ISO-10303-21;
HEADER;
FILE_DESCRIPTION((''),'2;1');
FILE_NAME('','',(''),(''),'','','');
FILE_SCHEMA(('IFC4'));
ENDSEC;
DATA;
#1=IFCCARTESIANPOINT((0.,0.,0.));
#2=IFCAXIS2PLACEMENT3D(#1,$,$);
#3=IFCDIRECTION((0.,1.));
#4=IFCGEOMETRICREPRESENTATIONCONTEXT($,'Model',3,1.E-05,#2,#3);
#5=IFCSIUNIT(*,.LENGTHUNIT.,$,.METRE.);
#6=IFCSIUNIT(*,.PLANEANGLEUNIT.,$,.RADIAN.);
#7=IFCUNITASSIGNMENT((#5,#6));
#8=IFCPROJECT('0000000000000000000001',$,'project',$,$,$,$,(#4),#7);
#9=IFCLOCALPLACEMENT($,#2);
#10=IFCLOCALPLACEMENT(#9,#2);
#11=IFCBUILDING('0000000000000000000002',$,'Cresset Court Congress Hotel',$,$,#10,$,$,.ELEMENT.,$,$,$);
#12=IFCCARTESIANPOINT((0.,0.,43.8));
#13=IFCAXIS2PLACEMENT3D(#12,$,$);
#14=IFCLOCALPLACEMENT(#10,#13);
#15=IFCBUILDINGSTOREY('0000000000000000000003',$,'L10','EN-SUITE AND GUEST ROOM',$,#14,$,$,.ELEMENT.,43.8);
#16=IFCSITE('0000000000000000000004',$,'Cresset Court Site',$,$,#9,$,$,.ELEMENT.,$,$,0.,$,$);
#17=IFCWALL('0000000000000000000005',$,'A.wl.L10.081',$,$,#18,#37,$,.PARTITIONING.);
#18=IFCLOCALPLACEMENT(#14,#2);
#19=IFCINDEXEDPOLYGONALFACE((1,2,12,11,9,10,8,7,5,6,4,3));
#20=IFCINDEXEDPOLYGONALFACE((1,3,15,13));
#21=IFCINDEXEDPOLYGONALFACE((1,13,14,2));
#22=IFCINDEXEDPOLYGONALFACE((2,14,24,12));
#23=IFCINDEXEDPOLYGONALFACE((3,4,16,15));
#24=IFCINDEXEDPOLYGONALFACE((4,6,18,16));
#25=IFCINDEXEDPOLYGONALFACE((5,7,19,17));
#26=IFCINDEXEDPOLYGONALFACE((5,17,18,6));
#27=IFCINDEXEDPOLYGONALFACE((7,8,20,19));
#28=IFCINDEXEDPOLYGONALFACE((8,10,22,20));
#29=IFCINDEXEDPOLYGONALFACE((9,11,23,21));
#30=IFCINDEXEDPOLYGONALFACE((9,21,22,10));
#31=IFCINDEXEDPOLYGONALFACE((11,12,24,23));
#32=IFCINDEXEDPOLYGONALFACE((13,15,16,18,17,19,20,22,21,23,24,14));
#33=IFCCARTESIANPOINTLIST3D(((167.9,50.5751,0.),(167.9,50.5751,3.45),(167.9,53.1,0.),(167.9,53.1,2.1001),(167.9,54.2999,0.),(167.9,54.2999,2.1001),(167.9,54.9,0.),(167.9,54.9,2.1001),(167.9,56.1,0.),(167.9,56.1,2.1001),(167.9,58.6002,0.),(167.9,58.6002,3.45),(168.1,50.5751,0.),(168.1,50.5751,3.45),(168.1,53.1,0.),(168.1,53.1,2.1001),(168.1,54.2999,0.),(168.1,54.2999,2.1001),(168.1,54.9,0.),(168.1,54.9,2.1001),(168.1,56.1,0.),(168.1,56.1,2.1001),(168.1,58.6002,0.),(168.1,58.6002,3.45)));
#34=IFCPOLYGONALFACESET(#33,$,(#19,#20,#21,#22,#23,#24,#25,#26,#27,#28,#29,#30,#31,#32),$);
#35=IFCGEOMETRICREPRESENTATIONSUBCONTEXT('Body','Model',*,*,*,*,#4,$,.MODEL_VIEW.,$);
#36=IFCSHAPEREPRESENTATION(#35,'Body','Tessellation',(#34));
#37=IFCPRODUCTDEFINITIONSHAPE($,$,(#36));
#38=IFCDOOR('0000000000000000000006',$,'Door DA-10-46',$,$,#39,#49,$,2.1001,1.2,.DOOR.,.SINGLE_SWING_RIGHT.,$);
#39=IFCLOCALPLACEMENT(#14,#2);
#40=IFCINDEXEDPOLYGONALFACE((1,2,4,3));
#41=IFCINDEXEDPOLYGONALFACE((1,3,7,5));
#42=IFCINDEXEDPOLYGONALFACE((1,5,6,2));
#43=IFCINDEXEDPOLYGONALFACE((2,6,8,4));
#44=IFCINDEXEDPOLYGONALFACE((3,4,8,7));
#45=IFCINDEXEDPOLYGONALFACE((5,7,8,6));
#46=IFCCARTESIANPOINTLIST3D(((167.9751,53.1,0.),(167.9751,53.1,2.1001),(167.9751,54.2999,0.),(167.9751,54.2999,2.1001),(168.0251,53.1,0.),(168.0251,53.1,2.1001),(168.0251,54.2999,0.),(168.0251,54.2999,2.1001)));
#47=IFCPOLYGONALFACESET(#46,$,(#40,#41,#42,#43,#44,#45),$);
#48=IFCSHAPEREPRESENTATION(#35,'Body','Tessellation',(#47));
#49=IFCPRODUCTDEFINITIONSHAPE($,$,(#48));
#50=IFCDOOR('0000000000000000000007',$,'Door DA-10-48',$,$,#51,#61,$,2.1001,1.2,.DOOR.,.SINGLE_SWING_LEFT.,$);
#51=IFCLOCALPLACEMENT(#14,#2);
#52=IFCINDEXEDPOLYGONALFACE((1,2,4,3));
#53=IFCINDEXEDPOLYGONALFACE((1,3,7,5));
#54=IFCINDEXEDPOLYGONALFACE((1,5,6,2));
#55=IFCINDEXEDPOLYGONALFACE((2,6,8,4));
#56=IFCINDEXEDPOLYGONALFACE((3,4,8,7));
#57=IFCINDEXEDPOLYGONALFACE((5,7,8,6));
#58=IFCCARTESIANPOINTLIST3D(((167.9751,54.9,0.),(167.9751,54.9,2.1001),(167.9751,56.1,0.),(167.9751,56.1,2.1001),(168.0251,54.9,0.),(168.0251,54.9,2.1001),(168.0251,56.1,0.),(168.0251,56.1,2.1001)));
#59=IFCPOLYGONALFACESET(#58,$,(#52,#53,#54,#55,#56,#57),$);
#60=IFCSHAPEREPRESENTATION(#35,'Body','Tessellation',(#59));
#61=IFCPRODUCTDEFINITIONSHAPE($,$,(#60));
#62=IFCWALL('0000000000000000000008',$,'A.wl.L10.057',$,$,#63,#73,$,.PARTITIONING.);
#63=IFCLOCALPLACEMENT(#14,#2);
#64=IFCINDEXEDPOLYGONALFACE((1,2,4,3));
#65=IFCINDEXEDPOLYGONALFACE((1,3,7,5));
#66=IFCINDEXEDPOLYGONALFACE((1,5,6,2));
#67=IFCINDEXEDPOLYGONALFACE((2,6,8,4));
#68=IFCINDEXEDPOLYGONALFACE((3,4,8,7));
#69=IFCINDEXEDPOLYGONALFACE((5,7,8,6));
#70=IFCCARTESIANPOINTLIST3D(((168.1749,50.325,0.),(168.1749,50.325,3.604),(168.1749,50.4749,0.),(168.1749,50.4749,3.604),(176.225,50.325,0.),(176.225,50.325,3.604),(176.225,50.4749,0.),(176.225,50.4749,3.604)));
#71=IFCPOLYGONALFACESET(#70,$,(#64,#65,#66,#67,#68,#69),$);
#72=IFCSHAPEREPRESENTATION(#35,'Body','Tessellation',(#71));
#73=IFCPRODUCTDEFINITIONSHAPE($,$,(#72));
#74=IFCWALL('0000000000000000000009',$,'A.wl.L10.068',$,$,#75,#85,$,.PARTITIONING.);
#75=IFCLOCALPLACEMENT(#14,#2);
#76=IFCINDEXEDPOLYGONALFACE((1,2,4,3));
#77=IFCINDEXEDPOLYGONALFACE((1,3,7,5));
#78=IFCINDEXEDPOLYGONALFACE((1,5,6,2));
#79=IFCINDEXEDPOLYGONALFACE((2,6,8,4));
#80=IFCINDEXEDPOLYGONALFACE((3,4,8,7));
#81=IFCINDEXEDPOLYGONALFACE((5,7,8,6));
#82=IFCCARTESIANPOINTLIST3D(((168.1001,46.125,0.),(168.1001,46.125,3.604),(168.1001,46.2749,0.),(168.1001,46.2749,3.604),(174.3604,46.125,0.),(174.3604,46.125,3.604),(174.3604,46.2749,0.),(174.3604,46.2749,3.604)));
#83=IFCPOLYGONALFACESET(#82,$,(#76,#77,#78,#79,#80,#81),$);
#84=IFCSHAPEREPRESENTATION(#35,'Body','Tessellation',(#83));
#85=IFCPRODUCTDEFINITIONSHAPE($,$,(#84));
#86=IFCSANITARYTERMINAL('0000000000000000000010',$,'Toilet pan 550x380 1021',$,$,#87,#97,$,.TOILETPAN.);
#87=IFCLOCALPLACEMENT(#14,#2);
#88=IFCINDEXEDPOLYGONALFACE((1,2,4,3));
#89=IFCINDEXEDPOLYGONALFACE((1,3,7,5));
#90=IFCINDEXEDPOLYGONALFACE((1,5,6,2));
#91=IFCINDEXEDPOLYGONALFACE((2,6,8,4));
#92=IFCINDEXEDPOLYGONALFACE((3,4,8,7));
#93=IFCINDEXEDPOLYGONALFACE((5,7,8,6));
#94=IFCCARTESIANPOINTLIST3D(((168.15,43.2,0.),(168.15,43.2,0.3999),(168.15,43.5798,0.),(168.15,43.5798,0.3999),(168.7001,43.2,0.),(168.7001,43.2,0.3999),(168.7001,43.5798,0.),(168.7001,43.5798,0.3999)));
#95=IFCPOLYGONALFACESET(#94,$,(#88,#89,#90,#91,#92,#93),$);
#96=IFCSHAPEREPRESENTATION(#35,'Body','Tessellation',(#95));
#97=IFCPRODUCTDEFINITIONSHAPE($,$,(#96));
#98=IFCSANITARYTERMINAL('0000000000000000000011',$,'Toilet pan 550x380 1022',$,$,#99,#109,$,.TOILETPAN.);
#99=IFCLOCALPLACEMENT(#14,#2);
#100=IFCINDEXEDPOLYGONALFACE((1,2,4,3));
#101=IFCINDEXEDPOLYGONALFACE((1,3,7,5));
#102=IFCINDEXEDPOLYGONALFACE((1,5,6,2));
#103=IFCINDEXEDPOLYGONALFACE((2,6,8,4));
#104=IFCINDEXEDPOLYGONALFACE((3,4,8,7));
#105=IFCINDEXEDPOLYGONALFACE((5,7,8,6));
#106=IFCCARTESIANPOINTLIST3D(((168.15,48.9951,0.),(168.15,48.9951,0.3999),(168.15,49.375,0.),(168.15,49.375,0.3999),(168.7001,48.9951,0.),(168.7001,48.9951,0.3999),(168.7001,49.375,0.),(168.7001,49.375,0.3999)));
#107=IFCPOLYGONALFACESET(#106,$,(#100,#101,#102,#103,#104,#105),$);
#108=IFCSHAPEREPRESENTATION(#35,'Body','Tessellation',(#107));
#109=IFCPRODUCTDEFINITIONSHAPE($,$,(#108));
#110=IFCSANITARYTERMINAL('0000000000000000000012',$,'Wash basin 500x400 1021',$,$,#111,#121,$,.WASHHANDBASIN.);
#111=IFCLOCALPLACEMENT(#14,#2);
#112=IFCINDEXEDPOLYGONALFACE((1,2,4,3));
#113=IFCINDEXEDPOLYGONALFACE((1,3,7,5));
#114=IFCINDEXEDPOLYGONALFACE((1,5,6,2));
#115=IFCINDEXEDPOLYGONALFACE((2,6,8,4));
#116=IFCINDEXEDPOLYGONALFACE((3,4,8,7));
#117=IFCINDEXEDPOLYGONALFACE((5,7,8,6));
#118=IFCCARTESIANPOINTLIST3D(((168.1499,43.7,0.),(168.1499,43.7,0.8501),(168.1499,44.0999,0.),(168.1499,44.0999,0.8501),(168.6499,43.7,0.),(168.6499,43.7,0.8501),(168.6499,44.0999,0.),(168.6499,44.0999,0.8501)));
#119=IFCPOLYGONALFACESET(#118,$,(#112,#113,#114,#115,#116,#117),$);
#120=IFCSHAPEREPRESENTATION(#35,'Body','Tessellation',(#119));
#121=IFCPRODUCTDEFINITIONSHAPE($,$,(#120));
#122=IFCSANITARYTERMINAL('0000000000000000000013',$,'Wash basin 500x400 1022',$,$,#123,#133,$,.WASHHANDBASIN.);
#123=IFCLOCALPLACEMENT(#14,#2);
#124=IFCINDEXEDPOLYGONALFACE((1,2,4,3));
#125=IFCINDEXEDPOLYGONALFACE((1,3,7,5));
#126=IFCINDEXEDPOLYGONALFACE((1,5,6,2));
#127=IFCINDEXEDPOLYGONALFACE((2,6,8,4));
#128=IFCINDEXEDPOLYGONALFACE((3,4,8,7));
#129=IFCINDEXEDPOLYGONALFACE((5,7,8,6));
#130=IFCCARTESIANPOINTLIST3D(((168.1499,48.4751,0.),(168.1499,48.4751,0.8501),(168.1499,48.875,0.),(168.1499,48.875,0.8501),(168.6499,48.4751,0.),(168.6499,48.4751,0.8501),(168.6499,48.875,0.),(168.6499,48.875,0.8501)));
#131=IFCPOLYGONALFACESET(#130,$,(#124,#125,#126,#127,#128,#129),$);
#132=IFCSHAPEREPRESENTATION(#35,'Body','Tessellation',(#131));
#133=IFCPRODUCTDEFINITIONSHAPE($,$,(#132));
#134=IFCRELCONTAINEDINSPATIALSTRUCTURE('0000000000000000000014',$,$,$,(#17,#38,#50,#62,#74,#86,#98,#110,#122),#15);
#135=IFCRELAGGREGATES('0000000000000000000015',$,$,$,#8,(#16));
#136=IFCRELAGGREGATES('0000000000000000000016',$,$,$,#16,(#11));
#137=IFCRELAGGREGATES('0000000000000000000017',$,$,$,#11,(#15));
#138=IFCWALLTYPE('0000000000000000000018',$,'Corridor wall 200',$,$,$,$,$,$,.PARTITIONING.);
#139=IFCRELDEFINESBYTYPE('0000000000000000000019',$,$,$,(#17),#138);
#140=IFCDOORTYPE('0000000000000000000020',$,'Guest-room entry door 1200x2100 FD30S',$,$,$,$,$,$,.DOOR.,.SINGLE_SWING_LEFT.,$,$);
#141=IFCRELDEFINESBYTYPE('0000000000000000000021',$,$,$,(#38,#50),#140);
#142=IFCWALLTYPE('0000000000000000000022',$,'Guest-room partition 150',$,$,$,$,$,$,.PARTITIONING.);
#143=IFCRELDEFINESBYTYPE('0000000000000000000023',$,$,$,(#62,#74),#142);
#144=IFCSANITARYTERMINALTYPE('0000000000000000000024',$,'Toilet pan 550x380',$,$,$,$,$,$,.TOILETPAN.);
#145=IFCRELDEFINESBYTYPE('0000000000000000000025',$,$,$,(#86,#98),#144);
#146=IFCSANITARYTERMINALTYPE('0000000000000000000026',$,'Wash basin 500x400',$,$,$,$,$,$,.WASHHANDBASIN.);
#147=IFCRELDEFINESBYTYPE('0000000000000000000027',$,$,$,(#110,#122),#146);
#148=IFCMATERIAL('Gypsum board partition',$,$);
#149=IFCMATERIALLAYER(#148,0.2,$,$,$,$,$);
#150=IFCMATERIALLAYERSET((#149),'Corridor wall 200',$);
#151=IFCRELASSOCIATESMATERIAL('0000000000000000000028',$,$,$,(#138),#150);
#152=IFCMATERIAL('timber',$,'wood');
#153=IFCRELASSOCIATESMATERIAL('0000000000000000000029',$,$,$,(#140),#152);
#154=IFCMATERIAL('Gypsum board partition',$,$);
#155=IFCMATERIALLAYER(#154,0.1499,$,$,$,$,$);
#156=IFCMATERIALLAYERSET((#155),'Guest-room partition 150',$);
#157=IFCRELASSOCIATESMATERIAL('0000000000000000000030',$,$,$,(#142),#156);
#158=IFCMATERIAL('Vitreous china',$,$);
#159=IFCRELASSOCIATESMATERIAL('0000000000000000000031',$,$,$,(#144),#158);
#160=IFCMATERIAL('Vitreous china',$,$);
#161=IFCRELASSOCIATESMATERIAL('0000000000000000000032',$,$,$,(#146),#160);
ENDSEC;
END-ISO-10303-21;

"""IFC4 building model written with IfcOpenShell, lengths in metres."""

from ifc_helpers import new_model, si_unit, direction, frame, frame_2d, origin, origin_2d, place, context, subcontext, project, spatial, rectangle, extrude, material, layer, layer_set, type_object, element, fill, save


model = new_model("IFC4")

# Units and contexts
model_context = context("Model", 3, precision=1e-05, world=origin(), true_north=direction((0.0, 1.0)))
body_context = subcontext(model_context, "Body", "Model", "MODEL_VIEW")
ifc_project = project(units=[si_unit("LENGTHUNIT", "METRE"), si_unit("PLANEANGLEUNIT", "RADIAN")], contexts=[model_context])

# Site, building, storey
site_placement = place(None, origin())
site = spatial("IfcSite", under=ifc_project, at=site_placement, Name="Cresset Court Site", CompositionType="ELEMENT", RefElevation=0.0)
building_placement = place(site_placement, origin())
building = spatial("IfcBuilding", under=site, at=building_placement, Name="Cresset Court Congress Hotel", CompositionType="ELEMENT")
storey_placement = place(building_placement, frame((0.0, 0.0, 43.8)))
storey = spatial("IfcBuildingStorey", under=building, at=storey_placement, Name="L10", Description="EN-SUITE AND GUEST ROOM", CompositionType="ELEMENT", Elevation=43.8)

# Wall, openings, doors
ifc_material_1 = material(Name="Gypsum board partition")
ifc_layer_1 = layer(ifc_material_1, 0.2)
ifc_layer_set_1 = layer_set([ifc_layer_1], Name="Corridor wall 200")
wall_type_1 = type_object("IfcWallType", Name="Corridor wall 200", PredefinedType="PARTITIONING", material=ifc_layer_set_1)
ifc_material_2 = material(Name="timber", Category="wood")
door_type = type_object("IfcDoorType", Name="Guest-room entry door 1200x2100 FD30S", OperationType="SINGLE_SWING_LEFT", PredefinedType="DOOR", material=ifc_material_2)
wall_1_placement = place(storey_placement, frame((168.0, 50.575, 0.0), z_axis=(0.0, 0.0, 1.0), x_axis=(0.0, 1.0, 0.0)))
wall_1 = element("IfcWall", 1, at=wall_1_placement, inside=storey, type_object=wall_type_1, Name="A.wl.L10.081", PredefinedType="PARTITIONING", context=body_context, shape_type="SweptSolid", body=[
    extrude(rectangle(XDim=8.0251, YDim=0.2, at=frame_2d((4.0127, 0.0))), origin(), (0.0, 0.0, 1.0), 3.45),
])
opening_1_placement = place(wall_1_placement, frame((2.5249, 0.0, 0.0)))
opening_1 = element("IfcOpeningElement", 2, at=opening_1_placement, cuts=wall_1, PredefinedType="OPENING", context=body_context, shape_type="SweptSolid", body=[
    extrude(rectangle(XDim=1.2, YDim=2.1001, at=frame_2d((0.6001, 1.05))), frame((0.0, 0.1099, 0.0), z_axis=(0.0, -1.0, 0.0), x_axis=(1.0, 0.0, 0.0)), (0.0, 0.0, 1.0), 0.22),
])
opening_2_placement = place(wall_1_placement, frame((4.325, 0.0, 0.0)))
opening_2 = element("IfcOpeningElement", 3, at=opening_2_placement, cuts=wall_1, PredefinedType="OPENING", context=body_context, shape_type="SweptSolid", body=[
    extrude(rectangle(XDim=1.2, YDim=2.1001, at=frame_2d((0.6001, 1.05))), frame((0.0, 0.1099, 0.0), z_axis=(0.0, -1.0, 0.0), x_axis=(1.0, 0.0, 0.0)), (0.0, 0.0, 1.0), 0.22),
])
door_1_placement = place(opening_1_placement, origin())
door_1 = element("IfcDoor", 4, at=door_1_placement, inside=storey, type_object=door_type, Name="Door DA-10-46", OperationType="SINGLE_SWING_RIGHT", OverallHeight=2.1001, OverallWidth=1.2, PredefinedType="DOOR", context=body_context, shape_type="SweptSolid", body=[
    extrude(rectangle(XDim=1.2, YDim=2.1001, at=frame_2d((0.6001, 1.05))), frame((0.0, 0.0249, 0.0), z_axis=(0.0, -1.0, 0.0), x_axis=(1.0, 0.0, 0.0)), (0.0, 0.0, 1.0), 0.05),
])
fill(opening_1, door_1)
door_2_placement = place(opening_2_placement, origin())
door_2 = element("IfcDoor", 5, at=door_2_placement, inside=storey, type_object=door_type, Name="Door DA-10-48", OperationType="SINGLE_SWING_LEFT", OverallHeight=2.1001, OverallWidth=1.2, PredefinedType="DOOR", context=body_context, shape_type="SweptSolid", body=[
    extrude(rectangle(XDim=1.2, YDim=2.1001, at=frame_2d((0.6001, 1.05))), frame((0.0, 0.0249, 0.0), z_axis=(0.0, -1.0, 0.0), x_axis=(1.0, 0.0, 0.0)), (0.0, 0.0, 1.0), 0.05),
])
fill(opening_2, door_2)

# Walls
ifc_material_3 = material(Name="Gypsum board partition")
ifc_layer_2 = layer(ifc_material_3, 0.1499)
ifc_layer_set_2 = layer_set([ifc_layer_2], Name="Guest-room partition 150")
wall_type_2 = type_object("IfcWallType", Name="Guest-room partition 150", PredefinedType="PARTITIONING", material=ifc_layer_set_2)
wall_2_placement = place(storey_placement, frame((168.175, 50.3999, 0.0), z_axis=(0.0, 0.0, 1.0), x_axis=(1.0, 0.0, 0.0)))
element("IfcWall", 6, at=wall_2_placement, inside=storey, type_object=wall_type_2, Name="A.wl.L10.057", PredefinedType="PARTITIONING", context=body_context, shape_type="SweptSolid", body=[
    extrude(rectangle(XDim=8.05, YDim=0.1499, at=frame_2d((4.0249, 0.0))), origin(), (0.0, 0.0, 1.0), 3.604),
])
wall_3_placement = place(storey_placement, frame((168.1001, 46.2, 0.0), z_axis=(0.0, 0.0, 1.0), x_axis=(1.0, 0.0, 0.0)))
element("IfcWall", 7, at=wall_3_placement, inside=storey, type_object=wall_type_2, Name="A.wl.L10.068", PredefinedType="PARTITIONING", context=body_context, shape_type="SweptSolid", body=[
    extrude(rectangle(XDim=6.2603, YDim=0.1499, at=frame_2d((3.1301, 0.0))), origin(), (0.0, 0.0, 1.0), 3.604),
])

# Sanitary terminals
ifc_material_4 = material(Name="Vitreous china")
sanitary_terminal_type_1 = type_object("IfcSanitaryTerminalType", Name="Toilet pan 550x380", PredefinedType="TOILETPAN", material=ifc_material_4)
for number, where, z_axis, x_axis, name in (
    (8, (168.425, 43.3899, 0.0), (0.0, 0.0, 1.0), (1.0, 0.0, 0.0), "Toilet pan 550x380 1021"),
    (9, (168.425, 49.1851, 0.0), (0.0, 0.0, 1.0), (1.0, 0.0, 0.0), "Toilet pan 550x380 1022"),
):
    element("IfcSanitaryTerminal", number, at=place(storey_placement, frame(where, z_axis=z_axis, x_axis=x_axis)), inside=storey, type_object=sanitary_terminal_type_1, Name=name, PredefinedType="TOILETPAN", context=body_context, shape_type="SweptSolid", body=[
        extrude(rectangle(XDim=0.55, YDim=0.3799, at=origin_2d()), origin(), (0.0, 0.0, 1.0), 0.3999),
    ])
ifc_material_5 = material(Name="Vitreous china")
sanitary_terminal_type_2 = type_object("IfcSanitaryTerminalType", Name="Wash basin 500x400", PredefinedType="WASHHANDBASIN", material=ifc_material_5)
for number, where, z_axis, x_axis, name in (
    (10, (168.3999, 43.8999, 0.0), (0.0, 0.0, 1.0), (1.0, 0.0, 0.0), "Wash basin 500x400 1021"),
    (11, (168.3999, 48.675, 0.0), (0.0, 0.0, 1.0), (1.0, 0.0, 0.0), "Wash basin 500x400 1022"),
):
    element("IfcSanitaryTerminal", number, at=place(storey_placement, frame(where, z_axis=z_axis, x_axis=x_axis)), inside=storey, type_object=sanitary_terminal_type_2, Name=name, PredefinedType="WASHHANDBASIN", context=body_context, shape_type="SweptSolid", body=[
        extrude(rectangle(XDim=0.5, YDim=0.3999, at=origin_2d()), origin(), (0.0, 0.0, 1.0), 0.8501),
    ])

save(model, "model.ifc")
